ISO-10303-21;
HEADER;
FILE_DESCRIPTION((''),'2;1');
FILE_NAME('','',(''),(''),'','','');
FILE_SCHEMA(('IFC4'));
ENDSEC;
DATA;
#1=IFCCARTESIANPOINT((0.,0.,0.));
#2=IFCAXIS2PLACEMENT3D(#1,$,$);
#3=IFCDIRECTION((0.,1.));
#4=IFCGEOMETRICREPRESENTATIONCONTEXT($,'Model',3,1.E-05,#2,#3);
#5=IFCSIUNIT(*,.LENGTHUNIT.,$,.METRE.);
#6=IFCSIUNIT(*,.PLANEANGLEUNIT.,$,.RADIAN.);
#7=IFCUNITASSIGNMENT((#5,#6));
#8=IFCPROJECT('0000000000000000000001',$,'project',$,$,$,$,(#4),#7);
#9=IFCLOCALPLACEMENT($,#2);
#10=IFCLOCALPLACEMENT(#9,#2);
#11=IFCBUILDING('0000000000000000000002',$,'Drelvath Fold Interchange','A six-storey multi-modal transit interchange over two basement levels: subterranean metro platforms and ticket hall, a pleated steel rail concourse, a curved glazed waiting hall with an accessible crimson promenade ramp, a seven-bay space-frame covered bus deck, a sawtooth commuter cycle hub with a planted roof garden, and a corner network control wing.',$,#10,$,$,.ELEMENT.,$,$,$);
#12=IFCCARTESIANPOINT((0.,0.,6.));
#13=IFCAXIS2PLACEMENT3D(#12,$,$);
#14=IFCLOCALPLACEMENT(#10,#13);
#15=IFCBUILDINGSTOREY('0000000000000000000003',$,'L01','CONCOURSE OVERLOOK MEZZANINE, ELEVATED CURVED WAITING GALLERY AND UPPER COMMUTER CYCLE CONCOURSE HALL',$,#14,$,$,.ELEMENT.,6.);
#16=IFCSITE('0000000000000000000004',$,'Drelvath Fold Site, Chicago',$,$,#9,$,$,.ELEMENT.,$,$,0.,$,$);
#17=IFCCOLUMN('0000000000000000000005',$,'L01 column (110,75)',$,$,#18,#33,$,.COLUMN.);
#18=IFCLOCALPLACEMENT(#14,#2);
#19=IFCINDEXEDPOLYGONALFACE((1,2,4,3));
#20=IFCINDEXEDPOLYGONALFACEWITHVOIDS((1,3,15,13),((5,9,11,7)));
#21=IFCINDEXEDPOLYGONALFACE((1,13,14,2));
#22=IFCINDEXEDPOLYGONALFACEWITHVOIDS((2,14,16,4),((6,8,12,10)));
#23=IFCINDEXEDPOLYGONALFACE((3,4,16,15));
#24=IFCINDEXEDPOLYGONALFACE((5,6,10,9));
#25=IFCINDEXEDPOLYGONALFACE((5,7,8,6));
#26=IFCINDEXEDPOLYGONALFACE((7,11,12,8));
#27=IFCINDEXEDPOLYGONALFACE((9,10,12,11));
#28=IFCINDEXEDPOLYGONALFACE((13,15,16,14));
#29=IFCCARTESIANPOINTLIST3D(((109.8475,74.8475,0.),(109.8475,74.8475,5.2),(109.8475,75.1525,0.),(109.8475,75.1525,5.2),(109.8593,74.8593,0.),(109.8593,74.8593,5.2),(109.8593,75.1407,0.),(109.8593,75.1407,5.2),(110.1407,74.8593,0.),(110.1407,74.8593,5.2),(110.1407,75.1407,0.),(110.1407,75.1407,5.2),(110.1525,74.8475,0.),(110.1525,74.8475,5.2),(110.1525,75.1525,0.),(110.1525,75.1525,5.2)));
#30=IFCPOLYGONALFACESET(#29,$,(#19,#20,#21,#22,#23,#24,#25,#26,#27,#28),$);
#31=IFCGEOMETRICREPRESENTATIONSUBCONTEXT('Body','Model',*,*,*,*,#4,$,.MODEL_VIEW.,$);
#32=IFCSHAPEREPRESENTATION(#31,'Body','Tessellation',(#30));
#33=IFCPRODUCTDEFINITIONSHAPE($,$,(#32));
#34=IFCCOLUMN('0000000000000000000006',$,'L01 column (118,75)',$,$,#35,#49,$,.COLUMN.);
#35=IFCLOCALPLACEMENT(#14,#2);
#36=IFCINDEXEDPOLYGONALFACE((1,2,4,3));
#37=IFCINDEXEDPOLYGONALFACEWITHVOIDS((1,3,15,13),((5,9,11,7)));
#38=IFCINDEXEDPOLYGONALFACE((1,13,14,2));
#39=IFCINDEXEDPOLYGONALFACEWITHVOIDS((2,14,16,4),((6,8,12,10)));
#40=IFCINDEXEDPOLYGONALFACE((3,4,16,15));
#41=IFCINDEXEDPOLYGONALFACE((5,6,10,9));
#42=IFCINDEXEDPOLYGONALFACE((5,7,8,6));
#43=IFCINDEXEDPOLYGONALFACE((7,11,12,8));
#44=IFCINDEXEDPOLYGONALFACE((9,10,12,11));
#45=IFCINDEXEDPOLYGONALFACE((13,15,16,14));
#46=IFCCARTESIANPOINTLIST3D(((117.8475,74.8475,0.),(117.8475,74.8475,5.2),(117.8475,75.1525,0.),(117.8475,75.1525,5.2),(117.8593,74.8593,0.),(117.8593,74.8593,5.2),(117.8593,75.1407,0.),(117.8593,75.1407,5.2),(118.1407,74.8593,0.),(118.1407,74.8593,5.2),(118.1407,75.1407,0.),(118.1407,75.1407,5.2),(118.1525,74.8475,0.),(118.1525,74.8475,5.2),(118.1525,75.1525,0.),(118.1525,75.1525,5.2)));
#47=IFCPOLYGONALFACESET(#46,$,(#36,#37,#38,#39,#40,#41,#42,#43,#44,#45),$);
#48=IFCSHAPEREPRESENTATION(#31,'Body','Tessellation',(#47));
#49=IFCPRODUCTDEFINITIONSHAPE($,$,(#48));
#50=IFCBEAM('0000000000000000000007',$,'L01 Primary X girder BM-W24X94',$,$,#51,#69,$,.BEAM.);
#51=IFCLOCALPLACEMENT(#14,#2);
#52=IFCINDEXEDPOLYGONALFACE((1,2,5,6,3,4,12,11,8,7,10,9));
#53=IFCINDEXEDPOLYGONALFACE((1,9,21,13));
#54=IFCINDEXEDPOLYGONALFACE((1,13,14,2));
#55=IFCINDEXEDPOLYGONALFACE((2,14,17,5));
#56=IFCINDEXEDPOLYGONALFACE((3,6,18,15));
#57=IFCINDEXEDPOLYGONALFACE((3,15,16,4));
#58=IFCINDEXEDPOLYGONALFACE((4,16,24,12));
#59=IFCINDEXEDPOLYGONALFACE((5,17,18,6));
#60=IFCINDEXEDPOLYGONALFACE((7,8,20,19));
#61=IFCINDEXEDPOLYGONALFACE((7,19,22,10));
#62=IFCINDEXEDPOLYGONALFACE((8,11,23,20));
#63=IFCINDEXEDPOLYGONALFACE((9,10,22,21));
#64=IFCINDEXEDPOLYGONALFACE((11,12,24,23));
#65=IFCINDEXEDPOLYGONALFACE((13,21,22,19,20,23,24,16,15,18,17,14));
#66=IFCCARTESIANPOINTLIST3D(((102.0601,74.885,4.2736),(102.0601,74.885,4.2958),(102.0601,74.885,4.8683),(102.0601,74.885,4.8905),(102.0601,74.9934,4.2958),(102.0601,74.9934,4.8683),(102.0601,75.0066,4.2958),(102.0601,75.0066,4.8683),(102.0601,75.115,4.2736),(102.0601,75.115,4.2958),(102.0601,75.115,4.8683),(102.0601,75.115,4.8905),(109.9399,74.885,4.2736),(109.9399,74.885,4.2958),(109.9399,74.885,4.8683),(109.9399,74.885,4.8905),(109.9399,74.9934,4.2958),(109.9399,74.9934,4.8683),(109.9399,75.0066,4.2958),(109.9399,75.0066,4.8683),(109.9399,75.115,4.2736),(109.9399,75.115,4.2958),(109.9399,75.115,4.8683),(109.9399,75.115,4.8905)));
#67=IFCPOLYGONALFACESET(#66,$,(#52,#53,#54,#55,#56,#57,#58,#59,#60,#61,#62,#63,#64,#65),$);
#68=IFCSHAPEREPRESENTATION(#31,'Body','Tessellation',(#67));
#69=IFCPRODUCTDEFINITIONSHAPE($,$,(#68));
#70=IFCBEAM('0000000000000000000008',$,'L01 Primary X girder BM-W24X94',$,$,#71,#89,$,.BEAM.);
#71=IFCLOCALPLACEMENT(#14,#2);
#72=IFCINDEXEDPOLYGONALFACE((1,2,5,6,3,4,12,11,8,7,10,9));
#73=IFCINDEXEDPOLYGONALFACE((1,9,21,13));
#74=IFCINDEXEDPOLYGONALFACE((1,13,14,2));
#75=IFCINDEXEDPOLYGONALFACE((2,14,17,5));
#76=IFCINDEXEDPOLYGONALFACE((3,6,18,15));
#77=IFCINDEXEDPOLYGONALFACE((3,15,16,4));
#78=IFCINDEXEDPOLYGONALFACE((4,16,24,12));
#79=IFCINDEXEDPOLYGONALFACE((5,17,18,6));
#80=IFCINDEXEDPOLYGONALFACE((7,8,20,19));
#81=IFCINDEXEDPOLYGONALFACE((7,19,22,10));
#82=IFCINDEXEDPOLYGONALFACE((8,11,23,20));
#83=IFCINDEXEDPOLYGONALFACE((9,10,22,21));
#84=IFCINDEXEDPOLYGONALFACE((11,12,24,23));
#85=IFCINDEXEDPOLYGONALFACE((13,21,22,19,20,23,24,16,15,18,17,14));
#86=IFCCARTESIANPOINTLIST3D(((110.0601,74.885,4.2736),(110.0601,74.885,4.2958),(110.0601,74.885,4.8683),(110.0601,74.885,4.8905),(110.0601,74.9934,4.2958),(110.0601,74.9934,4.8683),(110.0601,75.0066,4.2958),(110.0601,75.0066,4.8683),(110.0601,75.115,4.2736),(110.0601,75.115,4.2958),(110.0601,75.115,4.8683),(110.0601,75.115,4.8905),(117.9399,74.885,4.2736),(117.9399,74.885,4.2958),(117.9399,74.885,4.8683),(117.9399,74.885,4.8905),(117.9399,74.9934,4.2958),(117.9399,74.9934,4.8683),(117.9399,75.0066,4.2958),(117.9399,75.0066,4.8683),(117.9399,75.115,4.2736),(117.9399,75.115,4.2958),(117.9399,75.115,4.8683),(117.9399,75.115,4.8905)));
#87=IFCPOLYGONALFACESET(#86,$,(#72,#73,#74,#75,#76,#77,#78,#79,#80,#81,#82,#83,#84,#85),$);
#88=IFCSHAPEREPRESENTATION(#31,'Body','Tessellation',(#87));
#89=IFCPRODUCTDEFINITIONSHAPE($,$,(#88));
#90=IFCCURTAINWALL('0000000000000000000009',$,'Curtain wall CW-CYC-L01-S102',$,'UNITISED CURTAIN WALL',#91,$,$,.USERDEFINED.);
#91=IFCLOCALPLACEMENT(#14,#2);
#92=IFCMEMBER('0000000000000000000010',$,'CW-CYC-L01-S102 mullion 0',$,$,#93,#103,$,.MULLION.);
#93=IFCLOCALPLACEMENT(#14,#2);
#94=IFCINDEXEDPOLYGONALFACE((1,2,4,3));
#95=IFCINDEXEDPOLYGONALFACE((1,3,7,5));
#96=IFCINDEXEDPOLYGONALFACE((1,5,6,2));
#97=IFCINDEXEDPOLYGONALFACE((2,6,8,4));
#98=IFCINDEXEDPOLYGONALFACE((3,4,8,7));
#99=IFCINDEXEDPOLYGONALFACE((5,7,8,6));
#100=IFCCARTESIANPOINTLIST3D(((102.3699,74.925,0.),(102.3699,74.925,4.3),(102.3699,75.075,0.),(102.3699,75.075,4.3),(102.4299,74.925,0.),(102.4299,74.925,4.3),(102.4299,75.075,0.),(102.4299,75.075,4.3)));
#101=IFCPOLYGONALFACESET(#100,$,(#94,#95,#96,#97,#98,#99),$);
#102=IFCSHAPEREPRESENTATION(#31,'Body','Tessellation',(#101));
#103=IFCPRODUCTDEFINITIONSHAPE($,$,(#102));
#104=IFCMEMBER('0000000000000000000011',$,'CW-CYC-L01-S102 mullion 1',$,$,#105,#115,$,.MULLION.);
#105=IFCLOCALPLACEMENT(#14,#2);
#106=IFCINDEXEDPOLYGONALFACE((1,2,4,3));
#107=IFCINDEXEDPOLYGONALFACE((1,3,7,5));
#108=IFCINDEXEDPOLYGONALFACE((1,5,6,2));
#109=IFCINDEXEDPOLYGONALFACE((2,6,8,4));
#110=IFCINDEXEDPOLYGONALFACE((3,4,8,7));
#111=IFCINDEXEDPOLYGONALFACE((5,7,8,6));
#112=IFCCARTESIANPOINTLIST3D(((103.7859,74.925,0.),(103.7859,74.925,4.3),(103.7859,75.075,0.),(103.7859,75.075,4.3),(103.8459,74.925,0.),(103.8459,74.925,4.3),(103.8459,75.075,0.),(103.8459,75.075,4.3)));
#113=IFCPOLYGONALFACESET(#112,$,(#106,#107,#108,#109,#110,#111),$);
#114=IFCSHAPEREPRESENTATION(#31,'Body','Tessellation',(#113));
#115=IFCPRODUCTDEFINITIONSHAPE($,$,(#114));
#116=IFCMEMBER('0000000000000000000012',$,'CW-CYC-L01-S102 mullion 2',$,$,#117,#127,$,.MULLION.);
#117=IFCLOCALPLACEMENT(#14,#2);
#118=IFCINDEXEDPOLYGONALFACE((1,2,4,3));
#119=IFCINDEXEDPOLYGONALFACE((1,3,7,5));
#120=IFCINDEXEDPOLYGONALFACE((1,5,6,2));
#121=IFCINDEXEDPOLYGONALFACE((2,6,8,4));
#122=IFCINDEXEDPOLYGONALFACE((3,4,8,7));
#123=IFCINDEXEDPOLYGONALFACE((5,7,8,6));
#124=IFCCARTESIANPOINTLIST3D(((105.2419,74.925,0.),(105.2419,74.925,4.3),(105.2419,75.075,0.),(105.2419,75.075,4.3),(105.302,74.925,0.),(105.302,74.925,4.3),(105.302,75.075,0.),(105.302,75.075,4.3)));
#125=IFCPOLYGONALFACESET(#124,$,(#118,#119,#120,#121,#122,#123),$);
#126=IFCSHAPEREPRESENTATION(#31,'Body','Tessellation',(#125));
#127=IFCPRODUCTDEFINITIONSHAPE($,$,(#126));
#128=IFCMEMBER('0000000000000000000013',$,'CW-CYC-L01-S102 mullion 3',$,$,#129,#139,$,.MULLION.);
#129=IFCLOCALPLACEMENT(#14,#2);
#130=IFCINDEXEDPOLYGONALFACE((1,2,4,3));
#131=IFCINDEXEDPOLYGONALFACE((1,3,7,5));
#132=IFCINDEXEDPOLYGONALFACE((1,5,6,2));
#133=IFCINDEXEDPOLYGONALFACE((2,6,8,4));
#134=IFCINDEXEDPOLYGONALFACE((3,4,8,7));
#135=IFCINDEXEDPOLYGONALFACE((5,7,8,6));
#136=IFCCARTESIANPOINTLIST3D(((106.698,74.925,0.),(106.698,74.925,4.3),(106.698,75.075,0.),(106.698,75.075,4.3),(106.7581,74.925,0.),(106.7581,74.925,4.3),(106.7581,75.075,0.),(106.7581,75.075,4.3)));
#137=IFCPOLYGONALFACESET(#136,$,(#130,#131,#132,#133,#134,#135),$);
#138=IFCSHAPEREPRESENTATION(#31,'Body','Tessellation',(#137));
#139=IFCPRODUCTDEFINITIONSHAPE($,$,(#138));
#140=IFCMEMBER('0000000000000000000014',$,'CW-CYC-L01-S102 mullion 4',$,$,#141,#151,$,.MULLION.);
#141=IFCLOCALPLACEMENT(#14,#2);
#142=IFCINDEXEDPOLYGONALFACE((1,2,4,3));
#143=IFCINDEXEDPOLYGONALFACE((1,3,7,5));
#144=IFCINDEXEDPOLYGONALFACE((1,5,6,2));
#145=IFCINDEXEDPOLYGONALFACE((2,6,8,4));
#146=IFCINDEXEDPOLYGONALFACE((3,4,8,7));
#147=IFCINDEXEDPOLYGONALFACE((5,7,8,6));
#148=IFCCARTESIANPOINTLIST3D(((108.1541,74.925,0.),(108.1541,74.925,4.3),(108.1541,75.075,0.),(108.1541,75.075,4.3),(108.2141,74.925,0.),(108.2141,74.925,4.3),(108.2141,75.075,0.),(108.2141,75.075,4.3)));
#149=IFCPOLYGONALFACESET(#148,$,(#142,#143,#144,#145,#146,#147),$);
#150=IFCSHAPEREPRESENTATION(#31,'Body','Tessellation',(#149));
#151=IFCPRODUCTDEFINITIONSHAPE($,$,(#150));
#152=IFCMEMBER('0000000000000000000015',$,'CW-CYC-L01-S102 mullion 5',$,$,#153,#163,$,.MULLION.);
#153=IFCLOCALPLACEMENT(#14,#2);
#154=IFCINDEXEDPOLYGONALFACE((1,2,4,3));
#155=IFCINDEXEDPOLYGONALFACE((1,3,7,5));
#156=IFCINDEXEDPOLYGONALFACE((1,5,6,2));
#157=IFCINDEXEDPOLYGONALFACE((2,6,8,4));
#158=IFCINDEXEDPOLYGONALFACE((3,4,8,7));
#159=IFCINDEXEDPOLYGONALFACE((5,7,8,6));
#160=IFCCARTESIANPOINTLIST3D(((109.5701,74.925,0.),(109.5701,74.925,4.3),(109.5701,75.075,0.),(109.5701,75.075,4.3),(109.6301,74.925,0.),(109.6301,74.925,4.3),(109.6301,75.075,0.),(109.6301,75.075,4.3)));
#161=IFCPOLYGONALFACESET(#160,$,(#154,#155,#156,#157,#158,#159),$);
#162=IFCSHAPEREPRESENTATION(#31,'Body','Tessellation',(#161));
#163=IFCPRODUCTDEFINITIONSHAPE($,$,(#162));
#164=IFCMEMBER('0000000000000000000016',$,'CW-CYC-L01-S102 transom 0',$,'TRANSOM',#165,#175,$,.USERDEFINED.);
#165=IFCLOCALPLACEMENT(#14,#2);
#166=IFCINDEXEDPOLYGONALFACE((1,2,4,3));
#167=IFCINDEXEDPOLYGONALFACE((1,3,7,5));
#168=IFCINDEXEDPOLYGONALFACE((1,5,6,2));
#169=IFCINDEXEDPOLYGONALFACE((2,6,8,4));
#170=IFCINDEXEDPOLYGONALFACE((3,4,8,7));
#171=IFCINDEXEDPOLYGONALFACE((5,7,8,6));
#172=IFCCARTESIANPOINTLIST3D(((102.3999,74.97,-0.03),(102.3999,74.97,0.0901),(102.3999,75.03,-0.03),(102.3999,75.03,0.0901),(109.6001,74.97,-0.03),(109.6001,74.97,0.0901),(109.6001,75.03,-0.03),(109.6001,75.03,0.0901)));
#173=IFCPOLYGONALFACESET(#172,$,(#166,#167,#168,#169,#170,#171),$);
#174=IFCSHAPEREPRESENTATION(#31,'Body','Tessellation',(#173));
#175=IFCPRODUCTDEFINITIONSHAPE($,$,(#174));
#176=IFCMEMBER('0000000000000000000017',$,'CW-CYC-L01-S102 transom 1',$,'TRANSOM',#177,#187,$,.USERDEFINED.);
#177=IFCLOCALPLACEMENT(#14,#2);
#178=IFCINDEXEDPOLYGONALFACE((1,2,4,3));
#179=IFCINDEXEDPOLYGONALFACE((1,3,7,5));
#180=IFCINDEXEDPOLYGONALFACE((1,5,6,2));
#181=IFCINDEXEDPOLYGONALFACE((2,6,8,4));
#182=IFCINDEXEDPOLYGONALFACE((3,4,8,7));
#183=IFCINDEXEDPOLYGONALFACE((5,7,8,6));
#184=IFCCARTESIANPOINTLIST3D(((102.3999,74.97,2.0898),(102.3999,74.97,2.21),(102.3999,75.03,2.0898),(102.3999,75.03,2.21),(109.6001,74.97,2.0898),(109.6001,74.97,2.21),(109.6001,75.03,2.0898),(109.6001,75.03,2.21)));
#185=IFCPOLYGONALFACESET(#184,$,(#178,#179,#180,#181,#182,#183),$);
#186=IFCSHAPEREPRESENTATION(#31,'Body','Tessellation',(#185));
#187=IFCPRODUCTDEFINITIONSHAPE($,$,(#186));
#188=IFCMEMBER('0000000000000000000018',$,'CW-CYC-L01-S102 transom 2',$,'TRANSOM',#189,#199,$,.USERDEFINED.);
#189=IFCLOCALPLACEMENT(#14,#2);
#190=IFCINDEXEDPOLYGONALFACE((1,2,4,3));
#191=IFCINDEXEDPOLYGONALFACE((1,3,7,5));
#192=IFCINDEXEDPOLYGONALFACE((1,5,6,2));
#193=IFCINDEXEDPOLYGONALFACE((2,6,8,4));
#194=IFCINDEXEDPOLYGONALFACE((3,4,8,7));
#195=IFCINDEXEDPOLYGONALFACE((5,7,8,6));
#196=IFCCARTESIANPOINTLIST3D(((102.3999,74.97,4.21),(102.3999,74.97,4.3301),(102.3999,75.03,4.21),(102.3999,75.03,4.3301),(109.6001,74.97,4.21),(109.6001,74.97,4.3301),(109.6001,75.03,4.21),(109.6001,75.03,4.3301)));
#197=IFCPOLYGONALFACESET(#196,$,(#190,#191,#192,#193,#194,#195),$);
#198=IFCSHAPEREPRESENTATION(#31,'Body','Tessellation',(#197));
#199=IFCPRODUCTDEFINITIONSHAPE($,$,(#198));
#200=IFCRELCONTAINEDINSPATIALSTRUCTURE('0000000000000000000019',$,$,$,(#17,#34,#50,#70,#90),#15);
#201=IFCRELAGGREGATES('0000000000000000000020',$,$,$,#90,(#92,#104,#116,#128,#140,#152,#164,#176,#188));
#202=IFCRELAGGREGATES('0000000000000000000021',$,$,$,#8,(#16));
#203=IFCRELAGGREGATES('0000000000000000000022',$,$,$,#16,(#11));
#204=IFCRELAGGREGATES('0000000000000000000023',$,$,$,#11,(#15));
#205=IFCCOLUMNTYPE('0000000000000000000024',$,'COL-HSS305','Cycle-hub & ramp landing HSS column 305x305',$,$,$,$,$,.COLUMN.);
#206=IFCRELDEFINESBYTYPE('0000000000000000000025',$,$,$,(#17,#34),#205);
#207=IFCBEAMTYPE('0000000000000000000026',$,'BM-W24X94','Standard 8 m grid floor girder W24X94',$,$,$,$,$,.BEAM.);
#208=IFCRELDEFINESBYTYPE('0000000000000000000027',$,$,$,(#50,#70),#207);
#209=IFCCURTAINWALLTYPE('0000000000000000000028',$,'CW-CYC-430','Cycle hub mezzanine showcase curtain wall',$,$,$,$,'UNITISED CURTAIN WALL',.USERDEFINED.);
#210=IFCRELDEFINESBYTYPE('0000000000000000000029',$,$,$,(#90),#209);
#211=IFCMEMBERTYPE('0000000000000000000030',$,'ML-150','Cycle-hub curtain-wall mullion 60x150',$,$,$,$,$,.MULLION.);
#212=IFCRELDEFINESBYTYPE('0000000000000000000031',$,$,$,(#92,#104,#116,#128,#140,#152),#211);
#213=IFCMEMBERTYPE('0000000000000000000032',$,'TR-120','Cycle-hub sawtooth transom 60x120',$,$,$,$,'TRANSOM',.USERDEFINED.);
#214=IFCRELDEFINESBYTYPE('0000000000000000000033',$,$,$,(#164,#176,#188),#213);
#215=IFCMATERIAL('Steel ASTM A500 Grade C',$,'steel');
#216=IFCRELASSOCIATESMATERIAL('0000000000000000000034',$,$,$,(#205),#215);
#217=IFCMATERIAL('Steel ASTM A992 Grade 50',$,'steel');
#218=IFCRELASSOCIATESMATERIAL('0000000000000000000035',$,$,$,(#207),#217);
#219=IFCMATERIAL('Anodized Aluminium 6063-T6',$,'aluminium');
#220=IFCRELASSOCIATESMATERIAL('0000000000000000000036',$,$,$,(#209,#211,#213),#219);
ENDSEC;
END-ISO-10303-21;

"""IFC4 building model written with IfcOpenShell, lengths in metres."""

from ifc_helpers import new_model, si_unit, direction, frame, origin, origin_2d, place, context, subcontext, project, spatial, rectangle, hollow_rectangle, i_section, extrude, material, material_profile, profile_set, type_object, element, aggregate, save


model = new_model("IFC4")

# Units and contexts
model_context = context("Model", 3, precision=1e-05, world=origin(), true_north=direction((0.0, 1.0)))
body_context = subcontext(model_context, "Body", "Model", "MODEL_VIEW")
ifc_project = project(units=[si_unit("LENGTHUNIT", "METRE"), si_unit("PLANEANGLEUNIT", "RADIAN")], contexts=[model_context])

# Site, building, storey
site_placement = place(None, origin())
site = spatial("IfcSite", under=ifc_project, at=site_placement, Name="Drelvath Fold Site, Chicago", CompositionType="ELEMENT", RefElevation=0.0)
building_placement = place(site_placement, origin())
building = spatial("IfcBuilding", under=site, at=building_placement, Name="Drelvath Fold Interchange", Description="A six-storey multi-modal transit interchange over two basement levels: subterranean metro platforms and ticket hall, a pleated steel rail concourse, a curved glazed waiting hall with an accessible crimson promenade ramp, a seven-bay space-frame covered bus deck, a sawtooth commuter cycle hub with a planted roof garden, and a corner network control wing.", CompositionType="ELEMENT")
storey_placement = place(building_placement, frame((0.0, 0.0, 6.0)))
storey = spatial("IfcBuildingStorey", under=building, at=storey_placement, Name="L01", Description="CONCOURSE OVERLOOK MEZZANINE, ELEVATED CURVED WAITING GALLERY AND UPPER COMMUTER CYCLE CONCOURSE HALL", CompositionType="ELEMENT", Elevation=6.0)

# Columns
ifc_material_1 = material(Name="Steel ASTM A500 Grade C", Category="steel")
ifc_material_profile_1 = material_profile(ifc_material_1, hollow_rectangle(XDim=0.3049, YDim=0.3049, WallThickness=0.0117, at=origin_2d()), Name="HSS12X12X1/2")
ifc_profile_set_1 = profile_set([ifc_material_profile_1], Name="Steel ASTM A500 Grade C")
column_type = type_object("IfcColumnType", Name="COL-HSS305", Description="Cycle-hub & ramp landing HSS column 305x305", PredefinedType="COLUMN", material=ifc_profile_set_1)
for number, where, z_axis, x_axis, name in (
    (1, (110.0, 75.0, 0.0), (0.0, 0.0, 1.0), (1.0, 0.0, 0.0), "L01 column (110,75)"),
    (2, (118.0, 75.0, 0.0), (0.0, 0.0, 1.0), (1.0, 0.0, 0.0), "L01 column (118,75)"),
):
    element("IfcColumn", number, at=place(storey_placement, frame(where, z_axis=z_axis, x_axis=x_axis)), inside=storey, type_object=column_type, Name=name, PredefinedType="COLUMN", context=body_context, shape_type="SweptSolid", body=[
        extrude(hollow_rectangle(XDim=0.3049, YDim=0.3049, WallThickness=0.0117, at=origin_2d()), origin(), (0.0, 0.0, 1.0), 5.2),
    ])

# Beams
ifc_material_2 = material(Name="Steel ASTM A992 Grade 50", Category="steel")
ifc_material_profile_2 = material_profile(ifc_material_2, i_section(OverallWidth=0.23, OverallDepth=0.6169, WebThickness=0.0132, FlangeThickness=0.0222, at=origin_2d()), Name="W24X94")
ifc_profile_set_2 = profile_set([ifc_material_profile_2], Name="Steel ASTM A992 Grade 50")
beam_type = type_object("IfcBeamType", Name="BM-W24X94", Description="Standard 8 m grid floor girder W24X94", PredefinedType="BEAM", material=ifc_profile_set_2)
for number, where, z_axis, x_axis, name in (
    (3, (102.0601, 75.0, 4.582), (1.0, 0.0, 0.0), (0.0, 1.0, 0.0), "L01 Primary X girder BM-W24X94"),
    (4, (110.0601, 75.0, 4.582), (1.0, 0.0, 0.0), (0.0, 1.0, 0.0), "L01 Primary X girder BM-W24X94"),
):
    element("IfcBeam", number, at=place(storey_placement, frame(where, z_axis=z_axis, x_axis=x_axis)), inside=storey, type_object=beam_type, Name=name, PredefinedType="BEAM", context=body_context, shape_type="SweptSolid", body=[
        extrude(i_section(OverallWidth=0.23, OverallDepth=0.6169, WebThickness=0.0132, FlangeThickness=0.0222, at=origin_2d()), origin(), (0.0, 0.0, 1.0), 7.8799),
    ])

# Curtain wall, members
ifc_material_3 = material(Name="Anodized Aluminium 6063-T6", Category="aluminium")
curtain_wall_type = type_object("IfcCurtainWallType", Name="CW-CYC-430", Description="Cycle hub mezzanine showcase curtain wall", ElementType="UNITISED CURTAIN WALL", PredefinedType="USERDEFINED", material=ifc_material_3)
curtain_wall_placement = place(storey_placement, origin())
curtain_wall = element("IfcCurtainWall", 5, at=curtain_wall_placement, inside=storey, type_object=curtain_wall_type, Name="Curtain wall CW-CYC-L01-S102", ObjectType="UNITISED CURTAIN WALL", PredefinedType="USERDEFINED")
ifc_material_profile_3 = material_profile(ifc_material_3, rectangle(XDim=0.0601, YDim=0.1499, at=origin_2d()), Name="AL-M 60x150")
ifc_profile_set_3 = profile_set([ifc_material_profile_3], Name="Anodized Aluminium 6063-T6")
member_type_1 = type_object("IfcMemberType", Name="ML-150", Description="Cycle-hub curtain-wall mullion 60x150", PredefinedType="MULLION", material=ifc_profile_set_3)
member_1_placement = place(storey_placement, frame((102.3999, 75.0, 0.0), z_axis=(0.0, 0.0, 1.0), x_axis=(1.0, 0.0, 0.0)))
member_1 = element("IfcMember", 6, at=member_1_placement, type_object=member_type_1, Name="CW-CYC-L01-S102 mullion 0", PredefinedType="MULLION", context=body_context, shape_type="SweptSolid", body=[
    extrude(rectangle(XDim=0.0601, YDim=0.1499, at=origin_2d()), origin(), (0.0, 0.0, 1.0), 4.3),
])
member_2_placement = place(storey_placement, frame((103.8159, 75.0, 0.0), z_axis=(0.0, 0.0, 1.0), x_axis=(1.0, 0.0, 0.0)))
member_2 = element("IfcMember", 7, at=member_2_placement, type_object=member_type_1, Name="CW-CYC-L01-S102 mullion 1", PredefinedType="MULLION", context=body_context, shape_type="SweptSolid", body=[
    extrude(rectangle(XDim=0.0601, YDim=0.1499, at=origin_2d()), origin(), (0.0, 0.0, 1.0), 4.3),
])
member_3_placement = place(storey_placement, frame((105.272, 75.0, 0.0), z_axis=(0.0, 0.0, 1.0), x_axis=(1.0, 0.0, 0.0)))
member_3 = element("IfcMember", 8, at=member_3_placement, type_object=member_type_1, Name="CW-CYC-L01-S102 mullion 2", PredefinedType="MULLION", context=body_context, shape_type="SweptSolid", body=[
    extrude(rectangle(XDim=0.0601, YDim=0.1499, at=origin_2d()), origin(), (0.0, 0.0, 1.0), 4.3),
])
member_4_placement = place(storey_placement, frame((106.728, 75.0, 0.0), z_axis=(0.0, 0.0, 1.0), x_axis=(1.0, 0.0, 0.0)))
member_4 = element("IfcMember", 9, at=member_4_placement, type_object=member_type_1, Name="CW-CYC-L01-S102 mullion 3", PredefinedType="MULLION", context=body_context, shape_type="SweptSolid", body=[
    extrude(rectangle(XDim=0.0601, YDim=0.1499, at=origin_2d()), origin(), (0.0, 0.0, 1.0), 4.3),
])
member_5_placement = place(storey_placement, frame((108.1841, 75.0, 0.0), z_axis=(0.0, 0.0, 1.0), x_axis=(1.0, 0.0, 0.0)))
member_5 = element("IfcMember", 10, at=member_5_placement, type_object=member_type_1, Name="CW-CYC-L01-S102 mullion 4", PredefinedType="MULLION", context=body_context, shape_type="SweptSolid", body=[
    extrude(rectangle(XDim=0.0601, YDim=0.1499, at=origin_2d()), origin(), (0.0, 0.0, 1.0), 4.3),
])
member_6_placement = place(storey_placement, frame((109.6001, 75.0, 0.0), z_axis=(0.0, 0.0, 1.0), x_axis=(1.0, 0.0, 0.0)))
member_6 = element("IfcMember", 11, at=member_6_placement, type_object=member_type_1, Name="CW-CYC-L01-S102 mullion 5", PredefinedType="MULLION", context=body_context, shape_type="SweptSolid", body=[
    extrude(rectangle(XDim=0.0601, YDim=0.1499, at=origin_2d()), origin(), (0.0, 0.0, 1.0), 4.3),
])
ifc_material_profile_4 = material_profile(ifc_material_3, rectangle(XDim=0.0601, YDim=0.1201, at=origin_2d()), Name="AL-T 60x120")
ifc_profile_set_4 = profile_set([ifc_material_profile_4], Name="Anodized Aluminium 6063-T6")
member_type_2 = type_object("IfcMemberType", Name="TR-120", Description="Cycle-hub sawtooth transom 60x120", ElementType="TRANSOM", PredefinedType="USERDEFINED", material=ifc_profile_set_4)
member_7_placement = place(storey_placement, frame((102.3999, 75.0, 0.03), z_axis=(1.0, 0.0, 0.0), x_axis=(0.0, 1.0, 0.0)))
member_7 = element("IfcMember", 12, at=member_7_placement, type_object=member_type_2, Name="CW-CYC-L01-S102 transom 0", ObjectType="TRANSOM", PredefinedType="USERDEFINED", context=body_context, shape_type="SweptSolid", body=[
    extrude(rectangle(XDim=0.0601, YDim=0.1201, at=origin_2d()), origin(), (0.0, 0.0, 1.0), 7.2002),
])
member_8_placement = place(storey_placement, frame((102.3999, 75.0, 2.1499), z_axis=(1.0, 0.0, 0.0), x_axis=(0.0, 1.0, 0.0)))
member_8 = element("IfcMember", 13, at=member_8_placement, type_object=member_type_2, Name="CW-CYC-L01-S102 transom 1", ObjectType="TRANSOM", PredefinedType="USERDEFINED", context=body_context, shape_type="SweptSolid", body=[
    extrude(rectangle(XDim=0.0601, YDim=0.1201, at=origin_2d()), origin(), (0.0, 0.0, 1.0), 7.2002),
])
member_9_placement = place(storey_placement, frame((102.3999, 75.0, 4.27), z_axis=(1.0, 0.0, 0.0), x_axis=(0.0, 1.0, 0.0)))
member_9 = element("IfcMember", 14, at=member_9_placement, type_object=member_type_2, Name="CW-CYC-L01-S102 transom 2", ObjectType="TRANSOM", PredefinedType="USERDEFINED", context=body_context, shape_type="SweptSolid", body=[
    extrude(rectangle(XDim=0.0601, YDim=0.1201, at=origin_2d()), origin(), (0.0, 0.0, 1.0), 7.2002),
])
aggregate(curtain_wall, [member_1, member_2, member_3, member_4, member_5, member_6, member_7, member_8, member_9])

save(model, "model.ifc")
